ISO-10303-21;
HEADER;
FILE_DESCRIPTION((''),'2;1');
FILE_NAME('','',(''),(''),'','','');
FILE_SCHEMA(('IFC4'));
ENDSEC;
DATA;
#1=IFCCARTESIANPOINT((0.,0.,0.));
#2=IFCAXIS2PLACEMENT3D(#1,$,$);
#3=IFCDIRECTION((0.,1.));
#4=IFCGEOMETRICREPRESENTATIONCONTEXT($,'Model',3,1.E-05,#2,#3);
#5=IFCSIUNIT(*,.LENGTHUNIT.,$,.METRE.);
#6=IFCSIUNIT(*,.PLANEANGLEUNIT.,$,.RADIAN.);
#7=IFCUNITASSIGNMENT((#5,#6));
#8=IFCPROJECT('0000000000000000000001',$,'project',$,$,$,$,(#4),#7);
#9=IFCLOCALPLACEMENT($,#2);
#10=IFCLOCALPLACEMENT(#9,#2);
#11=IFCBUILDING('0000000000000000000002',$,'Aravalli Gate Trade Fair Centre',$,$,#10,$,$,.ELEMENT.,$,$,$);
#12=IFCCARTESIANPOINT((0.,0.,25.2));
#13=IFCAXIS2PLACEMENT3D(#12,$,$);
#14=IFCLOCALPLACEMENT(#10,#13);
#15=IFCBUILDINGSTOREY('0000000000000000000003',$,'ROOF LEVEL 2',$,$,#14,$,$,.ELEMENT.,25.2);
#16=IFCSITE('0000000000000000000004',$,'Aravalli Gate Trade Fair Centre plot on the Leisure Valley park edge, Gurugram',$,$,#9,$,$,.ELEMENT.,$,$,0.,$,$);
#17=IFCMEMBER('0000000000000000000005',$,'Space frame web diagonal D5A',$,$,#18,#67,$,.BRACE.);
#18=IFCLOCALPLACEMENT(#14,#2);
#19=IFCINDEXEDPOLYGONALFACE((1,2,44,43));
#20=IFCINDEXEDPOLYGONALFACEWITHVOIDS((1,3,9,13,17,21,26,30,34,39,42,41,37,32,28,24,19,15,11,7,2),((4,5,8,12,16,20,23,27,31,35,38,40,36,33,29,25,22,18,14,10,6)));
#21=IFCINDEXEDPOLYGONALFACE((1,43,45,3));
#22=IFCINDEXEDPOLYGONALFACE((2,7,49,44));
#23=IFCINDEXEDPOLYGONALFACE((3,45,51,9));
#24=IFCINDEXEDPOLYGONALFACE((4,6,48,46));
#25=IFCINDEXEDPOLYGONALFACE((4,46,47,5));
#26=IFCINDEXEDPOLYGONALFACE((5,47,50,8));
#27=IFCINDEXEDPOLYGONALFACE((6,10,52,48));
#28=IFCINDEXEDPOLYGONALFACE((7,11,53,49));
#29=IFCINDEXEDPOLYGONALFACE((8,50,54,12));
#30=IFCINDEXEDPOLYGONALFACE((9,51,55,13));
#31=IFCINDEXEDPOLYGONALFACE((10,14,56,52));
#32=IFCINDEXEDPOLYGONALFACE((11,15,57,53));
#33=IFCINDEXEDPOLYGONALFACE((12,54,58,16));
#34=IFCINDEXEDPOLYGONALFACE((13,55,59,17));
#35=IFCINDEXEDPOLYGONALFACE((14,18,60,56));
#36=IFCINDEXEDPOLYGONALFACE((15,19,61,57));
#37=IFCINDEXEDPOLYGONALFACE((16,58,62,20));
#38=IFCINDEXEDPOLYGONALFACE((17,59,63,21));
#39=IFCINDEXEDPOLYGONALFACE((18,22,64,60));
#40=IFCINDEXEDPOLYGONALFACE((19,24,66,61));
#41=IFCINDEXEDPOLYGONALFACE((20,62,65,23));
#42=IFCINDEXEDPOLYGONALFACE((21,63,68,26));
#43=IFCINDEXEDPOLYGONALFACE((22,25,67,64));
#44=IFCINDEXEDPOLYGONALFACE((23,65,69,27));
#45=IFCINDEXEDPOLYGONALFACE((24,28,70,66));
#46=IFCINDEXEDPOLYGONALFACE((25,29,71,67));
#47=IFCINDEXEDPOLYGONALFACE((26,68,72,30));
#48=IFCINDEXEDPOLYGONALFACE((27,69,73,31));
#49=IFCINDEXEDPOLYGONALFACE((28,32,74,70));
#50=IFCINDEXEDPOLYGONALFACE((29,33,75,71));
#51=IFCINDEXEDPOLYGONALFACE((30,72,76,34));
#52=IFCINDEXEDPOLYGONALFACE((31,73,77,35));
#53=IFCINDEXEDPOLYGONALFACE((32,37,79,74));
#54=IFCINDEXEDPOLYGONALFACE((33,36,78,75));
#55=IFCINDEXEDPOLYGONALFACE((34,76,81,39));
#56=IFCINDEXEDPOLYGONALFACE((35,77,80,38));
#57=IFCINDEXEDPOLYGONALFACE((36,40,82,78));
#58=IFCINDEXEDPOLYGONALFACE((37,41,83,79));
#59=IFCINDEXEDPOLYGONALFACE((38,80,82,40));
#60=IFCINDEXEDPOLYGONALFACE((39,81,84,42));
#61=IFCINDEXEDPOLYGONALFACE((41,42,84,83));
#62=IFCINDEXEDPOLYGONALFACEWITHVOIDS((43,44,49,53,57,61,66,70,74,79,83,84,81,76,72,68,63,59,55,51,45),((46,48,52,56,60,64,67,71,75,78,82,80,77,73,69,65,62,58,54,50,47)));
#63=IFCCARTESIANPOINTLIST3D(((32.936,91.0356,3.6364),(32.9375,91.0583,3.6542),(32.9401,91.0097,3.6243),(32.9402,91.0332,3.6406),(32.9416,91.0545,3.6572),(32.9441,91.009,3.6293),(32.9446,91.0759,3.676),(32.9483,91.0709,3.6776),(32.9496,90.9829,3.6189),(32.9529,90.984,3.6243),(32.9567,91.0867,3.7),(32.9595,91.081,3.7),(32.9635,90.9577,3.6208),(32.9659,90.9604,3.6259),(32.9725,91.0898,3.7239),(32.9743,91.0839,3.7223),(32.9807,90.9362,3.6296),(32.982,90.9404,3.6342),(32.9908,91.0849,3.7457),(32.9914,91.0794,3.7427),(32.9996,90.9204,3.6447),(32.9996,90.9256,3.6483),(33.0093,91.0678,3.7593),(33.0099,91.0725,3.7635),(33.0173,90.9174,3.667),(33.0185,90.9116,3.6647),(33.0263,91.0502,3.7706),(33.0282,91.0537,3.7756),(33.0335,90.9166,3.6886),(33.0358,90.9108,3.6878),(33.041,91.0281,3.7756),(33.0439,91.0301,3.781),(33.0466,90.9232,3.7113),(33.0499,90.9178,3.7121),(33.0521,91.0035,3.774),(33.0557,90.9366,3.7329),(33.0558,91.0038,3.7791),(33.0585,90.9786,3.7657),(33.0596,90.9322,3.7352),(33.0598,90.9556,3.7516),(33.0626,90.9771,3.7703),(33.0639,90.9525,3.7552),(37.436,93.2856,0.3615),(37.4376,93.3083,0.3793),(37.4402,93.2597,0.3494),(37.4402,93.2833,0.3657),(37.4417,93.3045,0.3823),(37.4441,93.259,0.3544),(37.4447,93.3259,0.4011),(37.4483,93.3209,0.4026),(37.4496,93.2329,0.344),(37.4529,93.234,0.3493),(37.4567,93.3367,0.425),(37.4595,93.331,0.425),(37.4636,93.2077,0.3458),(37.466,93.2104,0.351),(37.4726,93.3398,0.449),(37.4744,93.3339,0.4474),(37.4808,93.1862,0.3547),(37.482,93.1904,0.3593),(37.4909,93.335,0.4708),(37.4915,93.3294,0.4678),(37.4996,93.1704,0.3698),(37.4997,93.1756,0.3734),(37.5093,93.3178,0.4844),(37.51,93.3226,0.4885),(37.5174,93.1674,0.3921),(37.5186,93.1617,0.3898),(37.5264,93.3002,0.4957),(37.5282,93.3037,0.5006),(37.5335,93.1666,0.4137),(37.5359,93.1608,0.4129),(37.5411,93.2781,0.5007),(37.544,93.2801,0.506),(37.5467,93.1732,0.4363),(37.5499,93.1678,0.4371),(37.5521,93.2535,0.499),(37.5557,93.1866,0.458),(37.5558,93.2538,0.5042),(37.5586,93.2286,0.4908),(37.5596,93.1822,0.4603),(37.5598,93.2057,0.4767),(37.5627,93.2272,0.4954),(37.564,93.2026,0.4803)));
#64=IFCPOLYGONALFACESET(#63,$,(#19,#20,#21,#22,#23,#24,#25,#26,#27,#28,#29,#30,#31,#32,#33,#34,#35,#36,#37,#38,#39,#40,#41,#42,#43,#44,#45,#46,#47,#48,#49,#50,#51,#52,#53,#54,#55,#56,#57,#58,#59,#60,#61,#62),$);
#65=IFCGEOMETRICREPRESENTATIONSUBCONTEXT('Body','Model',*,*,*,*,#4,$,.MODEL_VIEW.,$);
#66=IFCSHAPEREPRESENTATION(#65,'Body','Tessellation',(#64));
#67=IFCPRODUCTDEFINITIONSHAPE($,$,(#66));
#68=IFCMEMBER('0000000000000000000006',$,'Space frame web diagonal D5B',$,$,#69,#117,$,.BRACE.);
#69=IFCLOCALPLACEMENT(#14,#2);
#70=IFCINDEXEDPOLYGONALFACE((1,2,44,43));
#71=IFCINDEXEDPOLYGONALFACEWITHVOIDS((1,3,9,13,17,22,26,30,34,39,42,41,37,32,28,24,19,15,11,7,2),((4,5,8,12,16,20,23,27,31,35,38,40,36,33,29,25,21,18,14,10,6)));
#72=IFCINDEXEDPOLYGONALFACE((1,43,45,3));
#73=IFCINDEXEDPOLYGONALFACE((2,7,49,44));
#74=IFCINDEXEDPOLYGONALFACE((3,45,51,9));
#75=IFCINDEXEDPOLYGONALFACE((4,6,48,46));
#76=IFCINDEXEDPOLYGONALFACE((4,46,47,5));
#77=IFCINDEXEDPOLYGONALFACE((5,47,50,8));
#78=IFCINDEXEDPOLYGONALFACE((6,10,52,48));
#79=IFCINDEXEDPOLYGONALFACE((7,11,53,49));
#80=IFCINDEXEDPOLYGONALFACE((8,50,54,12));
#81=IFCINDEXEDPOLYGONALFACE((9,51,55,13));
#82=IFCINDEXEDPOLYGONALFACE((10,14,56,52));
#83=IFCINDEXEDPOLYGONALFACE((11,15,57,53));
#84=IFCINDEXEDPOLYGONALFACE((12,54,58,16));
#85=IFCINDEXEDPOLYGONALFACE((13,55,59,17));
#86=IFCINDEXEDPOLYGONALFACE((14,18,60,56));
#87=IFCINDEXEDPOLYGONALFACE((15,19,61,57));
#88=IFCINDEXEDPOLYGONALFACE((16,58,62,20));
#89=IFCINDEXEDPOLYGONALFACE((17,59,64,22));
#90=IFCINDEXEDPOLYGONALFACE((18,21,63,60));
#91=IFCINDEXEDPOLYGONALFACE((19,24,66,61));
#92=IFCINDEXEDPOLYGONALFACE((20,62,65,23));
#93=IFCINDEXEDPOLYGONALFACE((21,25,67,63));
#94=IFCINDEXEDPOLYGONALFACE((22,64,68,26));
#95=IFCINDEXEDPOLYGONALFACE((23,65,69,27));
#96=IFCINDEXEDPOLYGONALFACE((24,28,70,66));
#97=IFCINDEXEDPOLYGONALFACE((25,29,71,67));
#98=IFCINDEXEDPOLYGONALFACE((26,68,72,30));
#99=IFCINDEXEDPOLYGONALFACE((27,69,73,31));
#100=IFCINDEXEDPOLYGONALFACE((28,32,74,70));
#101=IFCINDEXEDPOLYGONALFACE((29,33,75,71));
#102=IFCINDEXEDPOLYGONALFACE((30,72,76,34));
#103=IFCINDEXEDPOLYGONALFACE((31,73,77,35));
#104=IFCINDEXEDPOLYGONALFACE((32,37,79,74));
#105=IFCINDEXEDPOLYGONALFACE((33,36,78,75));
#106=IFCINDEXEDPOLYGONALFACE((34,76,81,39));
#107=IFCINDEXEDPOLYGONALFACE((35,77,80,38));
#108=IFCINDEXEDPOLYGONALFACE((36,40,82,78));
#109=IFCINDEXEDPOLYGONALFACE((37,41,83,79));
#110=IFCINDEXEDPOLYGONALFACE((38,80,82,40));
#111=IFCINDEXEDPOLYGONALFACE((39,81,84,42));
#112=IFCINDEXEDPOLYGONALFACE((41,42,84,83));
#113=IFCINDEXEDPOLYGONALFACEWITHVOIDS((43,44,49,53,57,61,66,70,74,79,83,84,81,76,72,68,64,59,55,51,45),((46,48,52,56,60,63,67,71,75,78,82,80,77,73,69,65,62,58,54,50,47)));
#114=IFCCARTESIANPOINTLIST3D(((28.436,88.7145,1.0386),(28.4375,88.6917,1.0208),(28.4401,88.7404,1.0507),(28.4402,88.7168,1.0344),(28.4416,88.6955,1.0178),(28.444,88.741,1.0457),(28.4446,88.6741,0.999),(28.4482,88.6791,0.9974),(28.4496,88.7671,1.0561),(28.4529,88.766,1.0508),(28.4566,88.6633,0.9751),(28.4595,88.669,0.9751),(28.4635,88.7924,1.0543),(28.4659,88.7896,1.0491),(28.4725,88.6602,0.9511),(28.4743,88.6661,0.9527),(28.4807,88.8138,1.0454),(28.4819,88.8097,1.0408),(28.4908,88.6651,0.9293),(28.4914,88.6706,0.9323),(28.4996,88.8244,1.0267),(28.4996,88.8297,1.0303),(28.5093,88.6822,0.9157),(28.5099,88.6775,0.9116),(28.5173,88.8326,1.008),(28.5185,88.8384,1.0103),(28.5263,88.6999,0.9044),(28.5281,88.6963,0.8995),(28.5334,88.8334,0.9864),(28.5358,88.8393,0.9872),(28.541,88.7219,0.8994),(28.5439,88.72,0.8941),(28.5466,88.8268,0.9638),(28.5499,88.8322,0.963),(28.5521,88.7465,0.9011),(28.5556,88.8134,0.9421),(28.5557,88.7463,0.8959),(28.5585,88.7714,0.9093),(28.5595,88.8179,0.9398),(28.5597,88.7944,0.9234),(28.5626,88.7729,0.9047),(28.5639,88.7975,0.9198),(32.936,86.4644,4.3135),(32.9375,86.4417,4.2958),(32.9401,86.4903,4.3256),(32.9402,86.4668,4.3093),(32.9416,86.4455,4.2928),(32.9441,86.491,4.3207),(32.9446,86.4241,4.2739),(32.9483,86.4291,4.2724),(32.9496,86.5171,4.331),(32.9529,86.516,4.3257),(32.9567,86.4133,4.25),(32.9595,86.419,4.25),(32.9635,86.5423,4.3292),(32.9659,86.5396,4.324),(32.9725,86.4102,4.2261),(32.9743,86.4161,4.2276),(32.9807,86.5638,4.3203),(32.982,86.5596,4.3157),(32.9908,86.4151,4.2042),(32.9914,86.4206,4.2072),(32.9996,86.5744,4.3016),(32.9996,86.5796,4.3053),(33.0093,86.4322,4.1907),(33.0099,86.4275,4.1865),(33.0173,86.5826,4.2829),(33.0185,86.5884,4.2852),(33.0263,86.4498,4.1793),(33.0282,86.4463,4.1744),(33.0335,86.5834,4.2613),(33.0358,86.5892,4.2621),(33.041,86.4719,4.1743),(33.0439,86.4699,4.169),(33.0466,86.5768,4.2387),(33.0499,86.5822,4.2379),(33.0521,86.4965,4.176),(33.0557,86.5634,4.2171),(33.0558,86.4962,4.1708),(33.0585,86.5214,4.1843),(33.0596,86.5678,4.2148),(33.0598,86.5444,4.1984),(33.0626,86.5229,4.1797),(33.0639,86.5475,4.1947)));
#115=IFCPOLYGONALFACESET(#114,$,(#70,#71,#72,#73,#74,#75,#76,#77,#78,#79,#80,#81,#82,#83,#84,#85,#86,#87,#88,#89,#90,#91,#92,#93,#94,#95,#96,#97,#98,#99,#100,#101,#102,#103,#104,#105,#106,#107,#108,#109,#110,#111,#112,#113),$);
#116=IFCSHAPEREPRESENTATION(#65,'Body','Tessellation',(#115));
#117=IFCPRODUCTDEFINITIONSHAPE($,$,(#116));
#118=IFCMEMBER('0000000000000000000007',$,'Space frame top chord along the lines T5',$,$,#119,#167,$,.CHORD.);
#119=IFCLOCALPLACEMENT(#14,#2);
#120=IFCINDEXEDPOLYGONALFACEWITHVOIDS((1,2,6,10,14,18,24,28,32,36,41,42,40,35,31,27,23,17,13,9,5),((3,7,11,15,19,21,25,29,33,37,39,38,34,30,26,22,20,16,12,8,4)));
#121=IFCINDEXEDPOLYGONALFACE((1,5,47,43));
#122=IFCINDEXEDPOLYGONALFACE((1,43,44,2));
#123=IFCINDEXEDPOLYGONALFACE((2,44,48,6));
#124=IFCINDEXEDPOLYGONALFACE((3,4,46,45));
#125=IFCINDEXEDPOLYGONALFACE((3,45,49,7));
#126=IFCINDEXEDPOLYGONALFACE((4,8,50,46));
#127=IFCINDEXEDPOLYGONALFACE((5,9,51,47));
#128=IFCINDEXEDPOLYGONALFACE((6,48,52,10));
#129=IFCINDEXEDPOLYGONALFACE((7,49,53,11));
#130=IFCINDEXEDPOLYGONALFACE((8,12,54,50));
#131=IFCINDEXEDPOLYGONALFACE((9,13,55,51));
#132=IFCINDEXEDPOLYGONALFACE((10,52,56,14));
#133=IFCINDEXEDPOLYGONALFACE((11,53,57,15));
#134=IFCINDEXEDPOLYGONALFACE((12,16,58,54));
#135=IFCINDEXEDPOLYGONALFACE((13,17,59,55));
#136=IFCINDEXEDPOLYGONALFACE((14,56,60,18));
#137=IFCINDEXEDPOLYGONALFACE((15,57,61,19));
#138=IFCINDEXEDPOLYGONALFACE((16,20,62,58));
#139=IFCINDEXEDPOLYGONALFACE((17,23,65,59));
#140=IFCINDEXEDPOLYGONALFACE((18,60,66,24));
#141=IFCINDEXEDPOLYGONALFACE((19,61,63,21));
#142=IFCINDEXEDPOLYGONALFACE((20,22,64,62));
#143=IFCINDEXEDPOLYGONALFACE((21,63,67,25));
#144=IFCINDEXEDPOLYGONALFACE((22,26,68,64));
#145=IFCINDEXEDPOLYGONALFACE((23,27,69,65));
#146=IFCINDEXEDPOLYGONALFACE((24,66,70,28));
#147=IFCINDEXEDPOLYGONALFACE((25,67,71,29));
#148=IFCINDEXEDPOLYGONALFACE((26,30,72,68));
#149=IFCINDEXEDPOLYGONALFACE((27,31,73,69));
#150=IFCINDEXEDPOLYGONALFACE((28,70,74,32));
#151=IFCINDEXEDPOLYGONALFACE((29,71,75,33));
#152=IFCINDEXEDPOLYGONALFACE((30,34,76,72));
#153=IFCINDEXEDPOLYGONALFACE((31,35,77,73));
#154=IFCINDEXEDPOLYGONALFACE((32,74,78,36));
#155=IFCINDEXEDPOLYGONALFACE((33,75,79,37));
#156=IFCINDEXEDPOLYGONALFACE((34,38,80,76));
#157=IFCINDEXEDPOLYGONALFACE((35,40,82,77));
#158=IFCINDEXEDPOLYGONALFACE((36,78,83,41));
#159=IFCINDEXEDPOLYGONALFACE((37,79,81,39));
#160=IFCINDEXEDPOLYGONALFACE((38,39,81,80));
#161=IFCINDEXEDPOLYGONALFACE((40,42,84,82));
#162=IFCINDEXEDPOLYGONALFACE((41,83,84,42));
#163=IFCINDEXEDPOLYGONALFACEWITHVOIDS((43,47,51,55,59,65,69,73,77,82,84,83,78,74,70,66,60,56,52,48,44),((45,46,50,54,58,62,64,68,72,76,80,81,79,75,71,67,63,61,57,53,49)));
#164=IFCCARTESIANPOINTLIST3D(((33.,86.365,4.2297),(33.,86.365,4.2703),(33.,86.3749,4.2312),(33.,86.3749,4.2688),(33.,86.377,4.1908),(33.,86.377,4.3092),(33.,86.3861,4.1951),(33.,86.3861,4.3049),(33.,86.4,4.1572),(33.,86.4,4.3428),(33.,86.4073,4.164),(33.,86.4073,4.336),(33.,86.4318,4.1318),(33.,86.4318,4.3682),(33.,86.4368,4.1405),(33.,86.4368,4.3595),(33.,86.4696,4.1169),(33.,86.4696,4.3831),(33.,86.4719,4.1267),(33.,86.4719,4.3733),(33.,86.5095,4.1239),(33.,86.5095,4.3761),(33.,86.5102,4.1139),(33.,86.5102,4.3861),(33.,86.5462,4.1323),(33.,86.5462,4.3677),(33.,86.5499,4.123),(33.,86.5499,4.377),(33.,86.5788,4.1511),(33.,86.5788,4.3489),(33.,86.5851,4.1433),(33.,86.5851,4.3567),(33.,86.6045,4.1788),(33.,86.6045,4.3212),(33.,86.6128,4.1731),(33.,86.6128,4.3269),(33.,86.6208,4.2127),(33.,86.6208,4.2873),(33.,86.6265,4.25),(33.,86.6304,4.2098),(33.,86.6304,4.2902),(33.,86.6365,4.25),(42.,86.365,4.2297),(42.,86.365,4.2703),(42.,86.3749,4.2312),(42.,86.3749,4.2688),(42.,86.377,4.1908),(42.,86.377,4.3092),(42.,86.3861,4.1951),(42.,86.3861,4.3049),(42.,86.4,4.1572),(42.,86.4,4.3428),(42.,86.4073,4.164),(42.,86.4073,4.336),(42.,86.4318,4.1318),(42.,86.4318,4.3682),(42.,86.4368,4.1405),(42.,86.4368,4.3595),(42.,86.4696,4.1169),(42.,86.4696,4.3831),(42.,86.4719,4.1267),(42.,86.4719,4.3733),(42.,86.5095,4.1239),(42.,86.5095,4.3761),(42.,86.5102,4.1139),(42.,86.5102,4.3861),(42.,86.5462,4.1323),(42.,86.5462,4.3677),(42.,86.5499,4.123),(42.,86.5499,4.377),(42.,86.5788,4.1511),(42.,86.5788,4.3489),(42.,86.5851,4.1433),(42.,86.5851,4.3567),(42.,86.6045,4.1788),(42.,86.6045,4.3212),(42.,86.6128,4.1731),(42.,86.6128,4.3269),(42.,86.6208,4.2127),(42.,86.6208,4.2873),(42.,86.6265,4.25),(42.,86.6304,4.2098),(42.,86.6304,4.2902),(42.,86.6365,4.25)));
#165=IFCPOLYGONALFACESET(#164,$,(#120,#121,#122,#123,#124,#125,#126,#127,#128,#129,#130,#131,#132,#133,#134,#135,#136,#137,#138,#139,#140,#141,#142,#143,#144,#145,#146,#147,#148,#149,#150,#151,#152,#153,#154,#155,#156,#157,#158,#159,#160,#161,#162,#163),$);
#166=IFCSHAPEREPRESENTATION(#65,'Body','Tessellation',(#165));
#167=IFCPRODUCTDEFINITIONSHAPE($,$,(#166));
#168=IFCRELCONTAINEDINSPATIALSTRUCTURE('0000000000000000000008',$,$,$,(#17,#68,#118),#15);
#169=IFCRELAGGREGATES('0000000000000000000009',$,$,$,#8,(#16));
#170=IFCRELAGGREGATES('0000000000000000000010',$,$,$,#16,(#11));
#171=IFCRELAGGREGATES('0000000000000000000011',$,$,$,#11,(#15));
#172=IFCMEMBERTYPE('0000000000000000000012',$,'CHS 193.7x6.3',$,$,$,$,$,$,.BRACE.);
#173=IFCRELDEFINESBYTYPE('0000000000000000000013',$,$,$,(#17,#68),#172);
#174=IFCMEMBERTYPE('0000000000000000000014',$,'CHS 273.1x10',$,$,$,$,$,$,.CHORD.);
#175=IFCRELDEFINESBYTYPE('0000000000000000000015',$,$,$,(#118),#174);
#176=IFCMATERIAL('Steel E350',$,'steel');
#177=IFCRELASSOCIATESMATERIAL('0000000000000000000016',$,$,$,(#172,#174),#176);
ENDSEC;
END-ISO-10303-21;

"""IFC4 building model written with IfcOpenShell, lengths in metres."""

from ifc_helpers import new_model, si_unit, direction, frame, origin, origin_2d, place, context, subcontext, project, spatial, hollow_circle, extrude, material, material_profile, profile_set, type_object, element, save


model = new_model("IFC4")

# Units and contexts
model_context = context("Model", 3, precision=1e-05, world=origin(), true_north=direction((0.0, 1.0)))
body_context = subcontext(model_context, "Body", "Model", "MODEL_VIEW")
ifc_project = project(units=[si_unit("LENGTHUNIT", "METRE"), si_unit("PLANEANGLEUNIT", "RADIAN")], contexts=[model_context])

# Site, building, storey
site_placement = place(None, origin())
site = spatial("IfcSite", under=ifc_project, at=site_placement, Name="Aravalli Gate Trade Fair Centre plot on the Leisure Valley park edge, Gurugram", CompositionType="ELEMENT", RefElevation=0.0)
building_placement = place(site_placement, origin())
building = spatial("IfcBuilding", under=site, at=building_placement, Name="Aravalli Gate Trade Fair Centre", CompositionType="ELEMENT")
storey_placement = place(building_placement, frame((0.0, 0.0, 25.2)))
storey = spatial("IfcBuildingStorey", under=building, at=storey_placement, Name="ROOF LEVEL 2", CompositionType="ELEMENT", Elevation=25.2)

# Members
ifc_material_1 = material(Name="Steel E350", Category="steel")
ifc_material_profile_1 = material_profile(ifc_material_1, hollow_circle(Radius=0.0969, WallThickness=0.0063, at=origin_2d()), Name="CHS 193.7x6.3")
ifc_profile_set_1 = profile_set([ifc_material_profile_1], Name="Steel E350")
member_type_1 = type_object("IfcMemberType", Name="CHS 193.7x6.3", PredefinedType="BRACE", material=ifc_profile_set_1)
for number, where, z_axis, x_axis, name in (
    (1, (33.0, 91.0, 3.7), (0.74961, 0.374805, -0.545533), (-0.447214, 0.894427, 0.0), "Space frame web diagonal D5A"),
    (2, (33.0, 86.5, 4.25), (-0.74961, 0.374805, -0.545533), (-0.447214, -0.894427, 0.0), "Space frame web diagonal D5B"),
):
    element("IfcMember", number, at=place(storey_placement, frame(where, z_axis=z_axis, x_axis=x_axis)), inside=storey, type_object=member_type_1, Name=name, PredefinedType="BRACE", context=body_context, shape_type="SweptSolid", body=[
        extrude(hollow_circle(Radius=0.0969, WallThickness=0.0063, at=origin_2d()), origin(), (0.0, 0.0, 1.0), 6.0032),
    ])
ifc_material_profile_2 = material_profile(ifc_material_1, hollow_circle(Radius=0.1365, WallThickness=0.01, at=origin_2d()), Name="CHS 273.1x10")
ifc_profile_set_2 = profile_set([ifc_material_profile_2], Name="Steel E350")
member_type_2 = type_object("IfcMemberType", Name="CHS 273.1x10", PredefinedType="CHORD", material=ifc_profile_set_2)
for number, where, z_axis, x_axis, name in (
    (3, (33.0, 86.5, 4.25), (1.0, 0.0, 0.0), (0.0, 1.0, 0.0), "Space frame top chord along the lines T5"),
):
    element("IfcMember", number, at=place(storey_placement, frame(where, z_axis=z_axis, x_axis=x_axis)), inside=storey, type_object=member_type_2, Name=name, PredefinedType="CHORD", context=body_context, shape_type="SweptSolid", body=[
        extrude(hollow_circle(Radius=0.1365, WallThickness=0.01, at=origin_2d()), origin(), (0.0, 0.0, 1.0), 9.0),
    ])

save(model, "model.ifc")
